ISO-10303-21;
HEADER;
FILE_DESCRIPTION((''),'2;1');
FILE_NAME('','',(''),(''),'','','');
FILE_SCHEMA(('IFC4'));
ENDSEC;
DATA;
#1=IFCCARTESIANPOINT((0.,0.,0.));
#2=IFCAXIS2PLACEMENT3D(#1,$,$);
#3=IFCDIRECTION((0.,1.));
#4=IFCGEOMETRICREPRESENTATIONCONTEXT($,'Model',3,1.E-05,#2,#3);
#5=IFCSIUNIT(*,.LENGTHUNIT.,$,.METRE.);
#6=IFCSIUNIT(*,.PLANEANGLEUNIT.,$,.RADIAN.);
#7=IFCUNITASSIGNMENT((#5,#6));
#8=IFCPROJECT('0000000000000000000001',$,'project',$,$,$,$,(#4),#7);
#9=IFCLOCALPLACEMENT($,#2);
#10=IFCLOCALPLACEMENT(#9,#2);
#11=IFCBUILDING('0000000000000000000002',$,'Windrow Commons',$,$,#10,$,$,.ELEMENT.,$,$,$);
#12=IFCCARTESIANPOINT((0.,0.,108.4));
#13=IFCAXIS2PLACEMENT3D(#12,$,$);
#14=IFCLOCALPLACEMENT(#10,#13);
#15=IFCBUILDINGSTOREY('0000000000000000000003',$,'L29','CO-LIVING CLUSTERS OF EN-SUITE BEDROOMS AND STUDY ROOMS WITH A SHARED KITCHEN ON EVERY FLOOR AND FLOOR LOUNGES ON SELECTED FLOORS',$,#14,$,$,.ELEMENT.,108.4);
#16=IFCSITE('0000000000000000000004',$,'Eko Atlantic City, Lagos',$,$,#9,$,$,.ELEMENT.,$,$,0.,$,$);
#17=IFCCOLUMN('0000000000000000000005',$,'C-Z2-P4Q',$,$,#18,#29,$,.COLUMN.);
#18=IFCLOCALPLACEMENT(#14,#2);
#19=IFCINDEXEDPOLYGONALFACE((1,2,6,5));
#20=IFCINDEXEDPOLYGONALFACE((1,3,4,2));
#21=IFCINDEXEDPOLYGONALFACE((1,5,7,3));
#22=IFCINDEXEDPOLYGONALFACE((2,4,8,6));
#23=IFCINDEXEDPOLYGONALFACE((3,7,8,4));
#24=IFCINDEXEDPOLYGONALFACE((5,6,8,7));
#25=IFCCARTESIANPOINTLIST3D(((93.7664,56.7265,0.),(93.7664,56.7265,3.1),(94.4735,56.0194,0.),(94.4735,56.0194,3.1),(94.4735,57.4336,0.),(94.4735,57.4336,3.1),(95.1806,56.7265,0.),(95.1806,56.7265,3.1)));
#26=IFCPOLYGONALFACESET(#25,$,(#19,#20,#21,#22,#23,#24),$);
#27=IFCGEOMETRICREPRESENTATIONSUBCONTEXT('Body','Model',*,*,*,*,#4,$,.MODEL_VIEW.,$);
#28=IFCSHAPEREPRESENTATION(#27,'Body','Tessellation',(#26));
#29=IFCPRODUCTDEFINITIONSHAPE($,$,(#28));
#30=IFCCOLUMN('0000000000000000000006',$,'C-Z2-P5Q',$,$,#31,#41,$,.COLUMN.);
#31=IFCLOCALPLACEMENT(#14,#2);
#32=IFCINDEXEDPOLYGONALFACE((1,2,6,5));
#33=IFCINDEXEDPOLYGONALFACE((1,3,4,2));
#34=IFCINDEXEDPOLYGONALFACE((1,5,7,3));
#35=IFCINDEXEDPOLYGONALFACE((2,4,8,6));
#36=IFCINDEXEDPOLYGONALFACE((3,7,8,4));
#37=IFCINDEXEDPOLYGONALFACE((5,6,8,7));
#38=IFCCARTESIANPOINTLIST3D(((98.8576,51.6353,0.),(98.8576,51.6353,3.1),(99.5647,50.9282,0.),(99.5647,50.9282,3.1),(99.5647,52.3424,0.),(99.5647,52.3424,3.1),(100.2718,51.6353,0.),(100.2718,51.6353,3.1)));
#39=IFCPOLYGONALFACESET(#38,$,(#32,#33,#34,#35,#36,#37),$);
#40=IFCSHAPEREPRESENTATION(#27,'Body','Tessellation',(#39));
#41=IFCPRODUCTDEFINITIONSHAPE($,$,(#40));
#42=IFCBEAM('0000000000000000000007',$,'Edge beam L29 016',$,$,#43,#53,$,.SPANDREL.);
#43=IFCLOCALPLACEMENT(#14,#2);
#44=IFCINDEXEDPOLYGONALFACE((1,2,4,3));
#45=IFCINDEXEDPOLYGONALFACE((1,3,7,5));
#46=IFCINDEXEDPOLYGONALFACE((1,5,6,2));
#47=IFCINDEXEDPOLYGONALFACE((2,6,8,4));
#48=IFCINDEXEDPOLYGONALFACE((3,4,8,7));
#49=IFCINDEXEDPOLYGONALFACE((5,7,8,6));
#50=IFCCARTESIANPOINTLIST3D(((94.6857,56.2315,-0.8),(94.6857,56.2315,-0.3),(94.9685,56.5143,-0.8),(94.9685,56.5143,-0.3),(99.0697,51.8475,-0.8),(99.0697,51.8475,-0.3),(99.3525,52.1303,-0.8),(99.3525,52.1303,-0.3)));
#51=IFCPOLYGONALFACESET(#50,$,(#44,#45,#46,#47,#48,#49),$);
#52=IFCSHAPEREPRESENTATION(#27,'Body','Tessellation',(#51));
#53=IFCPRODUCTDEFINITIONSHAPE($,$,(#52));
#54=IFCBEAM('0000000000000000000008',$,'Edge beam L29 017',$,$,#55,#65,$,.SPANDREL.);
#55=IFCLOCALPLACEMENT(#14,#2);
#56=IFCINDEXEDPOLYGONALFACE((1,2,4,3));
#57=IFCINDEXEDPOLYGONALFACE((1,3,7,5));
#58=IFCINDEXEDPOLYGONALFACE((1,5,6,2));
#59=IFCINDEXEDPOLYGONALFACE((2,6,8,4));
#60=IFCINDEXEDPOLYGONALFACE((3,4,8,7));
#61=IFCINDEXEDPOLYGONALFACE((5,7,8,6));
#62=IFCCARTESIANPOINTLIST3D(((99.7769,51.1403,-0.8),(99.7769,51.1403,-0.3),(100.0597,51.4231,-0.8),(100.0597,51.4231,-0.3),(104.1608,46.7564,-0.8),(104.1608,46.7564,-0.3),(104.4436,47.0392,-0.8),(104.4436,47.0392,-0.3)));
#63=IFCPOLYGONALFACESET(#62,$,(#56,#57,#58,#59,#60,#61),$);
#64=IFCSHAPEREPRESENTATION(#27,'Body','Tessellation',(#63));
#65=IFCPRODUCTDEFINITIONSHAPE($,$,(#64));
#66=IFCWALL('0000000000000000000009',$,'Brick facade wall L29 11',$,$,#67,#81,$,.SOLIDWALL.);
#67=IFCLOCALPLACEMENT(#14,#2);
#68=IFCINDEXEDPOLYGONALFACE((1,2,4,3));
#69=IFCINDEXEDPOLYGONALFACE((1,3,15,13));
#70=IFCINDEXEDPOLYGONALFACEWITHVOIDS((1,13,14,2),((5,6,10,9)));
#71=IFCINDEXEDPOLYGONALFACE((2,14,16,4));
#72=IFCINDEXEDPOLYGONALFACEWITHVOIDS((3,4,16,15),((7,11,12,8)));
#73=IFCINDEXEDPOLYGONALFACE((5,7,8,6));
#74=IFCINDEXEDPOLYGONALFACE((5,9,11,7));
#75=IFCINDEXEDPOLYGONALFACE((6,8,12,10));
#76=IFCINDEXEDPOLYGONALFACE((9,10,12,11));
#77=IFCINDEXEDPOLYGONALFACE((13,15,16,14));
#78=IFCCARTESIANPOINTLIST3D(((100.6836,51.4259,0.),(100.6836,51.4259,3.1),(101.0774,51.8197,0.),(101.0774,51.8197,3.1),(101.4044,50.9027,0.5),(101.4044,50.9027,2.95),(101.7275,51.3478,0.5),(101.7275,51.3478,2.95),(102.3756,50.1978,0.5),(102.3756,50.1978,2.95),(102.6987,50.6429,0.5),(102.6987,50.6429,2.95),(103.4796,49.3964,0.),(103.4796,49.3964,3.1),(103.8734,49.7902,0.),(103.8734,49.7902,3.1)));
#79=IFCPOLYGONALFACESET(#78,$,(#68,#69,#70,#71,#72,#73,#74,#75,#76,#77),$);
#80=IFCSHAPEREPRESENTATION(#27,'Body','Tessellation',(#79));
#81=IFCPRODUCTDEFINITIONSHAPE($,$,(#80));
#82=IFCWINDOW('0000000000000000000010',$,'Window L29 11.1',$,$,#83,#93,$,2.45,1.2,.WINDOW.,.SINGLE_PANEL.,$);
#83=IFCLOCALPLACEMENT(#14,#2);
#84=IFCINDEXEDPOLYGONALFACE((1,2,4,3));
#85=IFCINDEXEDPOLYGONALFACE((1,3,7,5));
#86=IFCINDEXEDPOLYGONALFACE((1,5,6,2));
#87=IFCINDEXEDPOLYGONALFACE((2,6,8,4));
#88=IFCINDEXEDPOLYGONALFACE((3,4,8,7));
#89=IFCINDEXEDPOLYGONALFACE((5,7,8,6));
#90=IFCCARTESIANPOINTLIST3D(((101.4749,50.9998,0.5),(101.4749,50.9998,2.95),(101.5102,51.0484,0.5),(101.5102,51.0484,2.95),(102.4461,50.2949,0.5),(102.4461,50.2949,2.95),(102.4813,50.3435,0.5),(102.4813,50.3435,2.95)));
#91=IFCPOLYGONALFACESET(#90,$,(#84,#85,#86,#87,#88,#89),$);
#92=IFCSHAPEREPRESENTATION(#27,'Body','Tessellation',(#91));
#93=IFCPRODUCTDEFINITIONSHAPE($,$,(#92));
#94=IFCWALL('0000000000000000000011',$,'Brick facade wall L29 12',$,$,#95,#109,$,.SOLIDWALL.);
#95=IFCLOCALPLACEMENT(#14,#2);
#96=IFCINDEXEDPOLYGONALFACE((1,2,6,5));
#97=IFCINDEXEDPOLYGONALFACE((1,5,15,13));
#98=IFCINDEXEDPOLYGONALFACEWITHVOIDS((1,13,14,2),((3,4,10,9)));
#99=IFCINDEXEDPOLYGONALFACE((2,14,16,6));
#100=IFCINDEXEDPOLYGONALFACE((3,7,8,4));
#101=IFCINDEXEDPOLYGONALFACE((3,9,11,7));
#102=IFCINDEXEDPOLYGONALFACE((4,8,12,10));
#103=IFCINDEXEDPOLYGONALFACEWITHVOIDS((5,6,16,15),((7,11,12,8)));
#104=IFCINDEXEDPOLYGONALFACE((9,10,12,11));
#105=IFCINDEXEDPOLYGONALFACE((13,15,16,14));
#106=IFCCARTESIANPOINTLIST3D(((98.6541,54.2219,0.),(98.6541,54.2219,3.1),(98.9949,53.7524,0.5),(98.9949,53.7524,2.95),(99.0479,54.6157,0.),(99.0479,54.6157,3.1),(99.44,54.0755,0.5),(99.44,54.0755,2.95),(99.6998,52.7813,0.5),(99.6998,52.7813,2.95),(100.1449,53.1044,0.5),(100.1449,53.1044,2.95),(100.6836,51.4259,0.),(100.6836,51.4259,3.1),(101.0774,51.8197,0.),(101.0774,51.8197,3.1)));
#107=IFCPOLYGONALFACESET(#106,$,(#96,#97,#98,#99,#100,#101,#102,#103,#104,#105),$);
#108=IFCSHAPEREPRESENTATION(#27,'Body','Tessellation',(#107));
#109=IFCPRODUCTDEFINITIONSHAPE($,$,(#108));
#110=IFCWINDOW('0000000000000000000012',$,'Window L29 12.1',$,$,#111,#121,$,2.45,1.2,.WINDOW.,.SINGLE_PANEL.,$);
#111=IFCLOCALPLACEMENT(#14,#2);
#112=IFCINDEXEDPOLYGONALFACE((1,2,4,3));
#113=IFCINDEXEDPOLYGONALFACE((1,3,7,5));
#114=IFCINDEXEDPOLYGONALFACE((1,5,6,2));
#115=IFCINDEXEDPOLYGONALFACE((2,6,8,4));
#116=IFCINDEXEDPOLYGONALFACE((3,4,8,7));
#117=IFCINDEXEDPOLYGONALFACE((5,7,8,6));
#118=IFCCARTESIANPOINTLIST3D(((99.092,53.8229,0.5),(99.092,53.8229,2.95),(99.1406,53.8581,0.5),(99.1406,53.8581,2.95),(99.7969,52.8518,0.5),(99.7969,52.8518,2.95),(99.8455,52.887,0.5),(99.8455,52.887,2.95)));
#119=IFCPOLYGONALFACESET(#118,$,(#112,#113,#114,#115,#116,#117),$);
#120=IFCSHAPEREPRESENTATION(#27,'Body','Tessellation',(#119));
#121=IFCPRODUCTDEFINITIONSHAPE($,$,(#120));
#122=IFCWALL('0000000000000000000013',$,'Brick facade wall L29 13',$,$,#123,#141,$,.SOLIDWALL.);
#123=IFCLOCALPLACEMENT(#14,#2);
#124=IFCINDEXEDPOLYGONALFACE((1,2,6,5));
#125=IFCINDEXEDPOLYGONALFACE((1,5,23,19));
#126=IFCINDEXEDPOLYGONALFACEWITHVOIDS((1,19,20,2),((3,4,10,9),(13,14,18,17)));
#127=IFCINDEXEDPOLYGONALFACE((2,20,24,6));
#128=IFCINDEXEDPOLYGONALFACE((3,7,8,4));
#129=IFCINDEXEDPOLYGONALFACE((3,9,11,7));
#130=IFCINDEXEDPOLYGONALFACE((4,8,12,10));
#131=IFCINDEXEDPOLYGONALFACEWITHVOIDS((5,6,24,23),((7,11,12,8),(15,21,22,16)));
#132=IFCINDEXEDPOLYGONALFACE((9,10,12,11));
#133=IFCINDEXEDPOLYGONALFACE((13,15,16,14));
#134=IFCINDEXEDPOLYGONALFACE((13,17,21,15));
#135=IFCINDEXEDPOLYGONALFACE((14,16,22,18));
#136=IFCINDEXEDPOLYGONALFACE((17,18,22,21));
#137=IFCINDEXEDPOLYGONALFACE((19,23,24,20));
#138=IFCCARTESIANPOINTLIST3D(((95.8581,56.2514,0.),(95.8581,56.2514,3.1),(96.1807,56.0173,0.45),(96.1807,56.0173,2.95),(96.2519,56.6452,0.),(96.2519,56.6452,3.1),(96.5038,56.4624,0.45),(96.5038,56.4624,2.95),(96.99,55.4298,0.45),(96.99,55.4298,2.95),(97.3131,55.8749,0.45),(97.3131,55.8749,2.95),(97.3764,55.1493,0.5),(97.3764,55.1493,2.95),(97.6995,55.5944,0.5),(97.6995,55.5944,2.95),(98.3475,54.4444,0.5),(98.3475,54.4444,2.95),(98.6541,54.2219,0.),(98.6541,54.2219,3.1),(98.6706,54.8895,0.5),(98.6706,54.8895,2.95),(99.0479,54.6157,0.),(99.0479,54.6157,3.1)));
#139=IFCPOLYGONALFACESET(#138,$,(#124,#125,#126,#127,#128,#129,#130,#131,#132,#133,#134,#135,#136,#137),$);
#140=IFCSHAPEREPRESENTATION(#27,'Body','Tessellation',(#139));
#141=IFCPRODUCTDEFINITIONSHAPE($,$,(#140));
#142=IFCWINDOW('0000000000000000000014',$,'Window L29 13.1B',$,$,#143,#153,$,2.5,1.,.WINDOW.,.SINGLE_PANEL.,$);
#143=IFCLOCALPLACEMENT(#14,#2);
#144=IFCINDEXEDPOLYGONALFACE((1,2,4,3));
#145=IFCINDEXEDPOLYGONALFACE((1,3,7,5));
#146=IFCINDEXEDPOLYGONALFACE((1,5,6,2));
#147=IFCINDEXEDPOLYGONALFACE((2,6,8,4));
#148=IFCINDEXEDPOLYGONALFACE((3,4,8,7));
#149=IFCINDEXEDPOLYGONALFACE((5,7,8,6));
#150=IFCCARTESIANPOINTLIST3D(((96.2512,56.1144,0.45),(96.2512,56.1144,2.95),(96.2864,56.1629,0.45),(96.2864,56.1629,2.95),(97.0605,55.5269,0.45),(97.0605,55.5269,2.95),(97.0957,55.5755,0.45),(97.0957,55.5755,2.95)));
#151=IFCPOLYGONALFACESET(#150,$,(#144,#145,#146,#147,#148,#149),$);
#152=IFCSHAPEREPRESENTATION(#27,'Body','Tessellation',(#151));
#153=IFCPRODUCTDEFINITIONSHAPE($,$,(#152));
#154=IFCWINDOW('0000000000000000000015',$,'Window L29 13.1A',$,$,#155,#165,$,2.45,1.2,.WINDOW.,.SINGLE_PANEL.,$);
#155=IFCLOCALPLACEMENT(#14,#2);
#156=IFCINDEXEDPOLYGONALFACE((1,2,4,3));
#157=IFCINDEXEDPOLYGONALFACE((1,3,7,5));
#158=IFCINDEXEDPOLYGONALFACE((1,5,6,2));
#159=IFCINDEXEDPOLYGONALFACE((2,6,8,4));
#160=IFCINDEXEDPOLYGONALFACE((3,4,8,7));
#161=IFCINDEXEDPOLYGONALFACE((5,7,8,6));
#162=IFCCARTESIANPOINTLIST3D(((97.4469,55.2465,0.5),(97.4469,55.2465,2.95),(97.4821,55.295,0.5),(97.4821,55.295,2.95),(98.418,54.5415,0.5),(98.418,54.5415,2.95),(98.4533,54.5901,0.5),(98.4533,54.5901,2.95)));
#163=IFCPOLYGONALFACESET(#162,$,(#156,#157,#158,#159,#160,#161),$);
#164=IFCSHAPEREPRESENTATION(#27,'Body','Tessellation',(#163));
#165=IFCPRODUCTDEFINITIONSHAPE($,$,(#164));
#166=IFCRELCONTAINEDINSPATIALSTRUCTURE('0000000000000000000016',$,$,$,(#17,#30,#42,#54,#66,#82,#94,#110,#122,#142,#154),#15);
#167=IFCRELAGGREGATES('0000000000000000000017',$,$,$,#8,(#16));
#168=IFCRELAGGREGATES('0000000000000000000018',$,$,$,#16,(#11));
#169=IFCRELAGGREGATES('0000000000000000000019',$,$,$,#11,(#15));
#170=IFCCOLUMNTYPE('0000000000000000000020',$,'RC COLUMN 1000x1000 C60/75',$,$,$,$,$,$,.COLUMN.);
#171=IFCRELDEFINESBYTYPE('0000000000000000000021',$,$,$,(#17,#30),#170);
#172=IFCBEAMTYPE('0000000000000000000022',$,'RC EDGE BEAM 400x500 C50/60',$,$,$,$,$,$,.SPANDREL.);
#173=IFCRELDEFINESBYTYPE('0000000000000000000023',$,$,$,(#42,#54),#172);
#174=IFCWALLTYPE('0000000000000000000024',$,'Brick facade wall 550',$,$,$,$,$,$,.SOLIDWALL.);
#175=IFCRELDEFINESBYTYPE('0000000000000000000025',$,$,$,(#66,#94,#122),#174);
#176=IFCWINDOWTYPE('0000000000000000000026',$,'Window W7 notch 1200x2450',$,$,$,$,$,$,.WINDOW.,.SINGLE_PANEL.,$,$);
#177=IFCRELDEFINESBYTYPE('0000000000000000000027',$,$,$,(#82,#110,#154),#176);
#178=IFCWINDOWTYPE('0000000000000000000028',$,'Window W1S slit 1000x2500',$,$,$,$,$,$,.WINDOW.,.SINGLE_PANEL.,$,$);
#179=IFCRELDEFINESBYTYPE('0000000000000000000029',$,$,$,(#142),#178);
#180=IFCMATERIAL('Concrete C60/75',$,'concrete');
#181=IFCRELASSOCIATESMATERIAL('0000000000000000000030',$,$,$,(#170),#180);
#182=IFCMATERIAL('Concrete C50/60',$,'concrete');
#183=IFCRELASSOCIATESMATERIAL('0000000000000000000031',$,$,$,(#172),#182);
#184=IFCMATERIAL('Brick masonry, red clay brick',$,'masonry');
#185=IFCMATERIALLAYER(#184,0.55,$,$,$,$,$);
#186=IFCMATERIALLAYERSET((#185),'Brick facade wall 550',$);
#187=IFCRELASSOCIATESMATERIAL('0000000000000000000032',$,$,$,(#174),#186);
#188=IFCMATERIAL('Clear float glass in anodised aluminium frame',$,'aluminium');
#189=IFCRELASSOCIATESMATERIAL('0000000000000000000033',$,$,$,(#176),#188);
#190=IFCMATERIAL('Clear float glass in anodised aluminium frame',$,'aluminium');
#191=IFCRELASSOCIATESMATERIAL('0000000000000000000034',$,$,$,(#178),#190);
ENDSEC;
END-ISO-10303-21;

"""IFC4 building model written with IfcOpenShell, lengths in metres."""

from ifc_helpers import new_model, si_unit, direction, frame, frame_2d, origin, origin_2d, place, context, subcontext, project, spatial, polyline, rectangle, outline, extrude, material, layer, layer_set, material_profile, profile_set, type_object, element, fill, save


model = new_model("IFC4")

# Units and contexts
model_context = context("Model", 3, precision=1e-05, world=origin(), true_north=direction((0.0, 1.0)))
body_context = subcontext(model_context, "Body", "Model", "MODEL_VIEW")
ifc_project = project(units=[si_unit("LENGTHUNIT", "METRE"), si_unit("PLANEANGLEUNIT", "RADIAN")], contexts=[model_context])

# Site, building, storey
site_placement = place(None, origin())
site = spatial("IfcSite", under=ifc_project, at=site_placement, Name="Eko Atlantic City, Lagos", CompositionType="ELEMENT", RefElevation=0.0)
building_placement = place(site_placement, origin())
building = spatial("IfcBuilding", under=site, at=building_placement, Name="Windrow Commons", CompositionType="ELEMENT")
storey_placement = place(building_placement, frame((0.0, 0.0, 108.4)))
storey = spatial("IfcBuildingStorey", under=building, at=storey_placement, Name="L29", Description="CO-LIVING CLUSTERS OF EN-SUITE BEDROOMS AND STUDY ROOMS WITH A SHARED KITCHEN ON EVERY FLOOR AND FLOOR LOUNGES ON SELECTED FLOORS", CompositionType="ELEMENT", Elevation=108.4)

# Columns
ifc_material_1 = material(Name="Concrete C60/75", Category="concrete")
ifc_material_profile_1 = material_profile(ifc_material_1, rectangle(XDim=1.0, YDim=1.0, at=origin_2d()))
ifc_profile_set_1 = profile_set([ifc_material_profile_1], Name="Concrete C60/75")
column_type = type_object("IfcColumnType", Name="RC COLUMN 1000x1000 C60/75", PredefinedType="COLUMN", material=ifc_profile_set_1)
for number, where, z_axis, x_axis, name in (
    (1, (94.4735, 56.7265, 0.0), (0.0, 0.0, 1.0), (0.707107, -0.707107, 0.0), "C-Z2-P4Q"),
    (2, (99.5647, 51.6353, 0.0), (0.0, 0.0, 1.0), (0.707107, -0.707107, 0.0), "C-Z2-P5Q"),
):
    element("IfcColumn", number, at=place(storey_placement, frame(where, z_axis=z_axis, x_axis=x_axis)), inside=storey, type_object=column_type, Name=name, PredefinedType="COLUMN", context=body_context, shape_type="SweptSolid", body=[
        extrude(rectangle(XDim=1.0, YDim=1.0, at=origin_2d()), origin(), (0.0, 0.0, 1.0), 3.1),
    ])

# Beams
ifc_material_2 = material(Name="Concrete C50/60", Category="concrete")
ifc_material_profile_2 = material_profile(ifc_material_2, rectangle(XDim=0.4, YDim=0.5, at=origin_2d()))
ifc_profile_set_2 = profile_set([ifc_material_profile_2], Name="Concrete C50/60")
beam_type = type_object("IfcBeamType", Name="RC EDGE BEAM 400x500 C50/60", PredefinedType="SPANDREL", material=ifc_profile_set_2)
beam_1_placement = place(storey_placement, frame((94.8271, 56.3729, -0.55), z_axis=(0.707107, -0.707107, 0.0), x_axis=(0.707107, 0.707107, 0.0)))
element("IfcBeam", 3, at=beam_1_placement, inside=storey, type_object=beam_type, Name="Edge beam L29 016", PredefinedType="SPANDREL", context=body_context, shape_type="SweptSolid", body=[
    extrude(rectangle(XDim=0.4, YDim=0.5, at=origin_2d()), origin(), (0.0, 0.0, 1.0), 6.1999),
])
beam_2_placement = place(storey_placement, frame((99.9183, 51.2817, -0.55), z_axis=(0.707107, -0.707107, 0.0), x_axis=(0.707107, 0.707107, 0.0)))
element("IfcBeam", 4, at=beam_2_placement, inside=storey, type_object=beam_type, Name="Edge beam L29 017", PredefinedType="SPANDREL", context=body_context, shape_type="SweptSolid", body=[
    extrude(rectangle(XDim=0.4, YDim=0.5, at=origin_2d()), origin(), (0.0, 0.0, 1.0), 6.1998),
])

# Walls, openings, windows
ifc_material_3 = material(Name="Brick masonry, red clay brick", Category="masonry")
ifc_layer_1 = layer(ifc_material_3, 0.55)
ifc_layer_set_1 = layer_set([ifc_layer_1], Name="Brick facade wall 550")
wall_type_1 = type_object("IfcWallType", Name="Brick facade wall 550", PredefinedType="SOLIDWALL", material=ifc_layer_set_1)
wall_1_placement = place(storey_placement, frame((103.6765, 49.5933, 0.0), z_axis=(0.0, 0.0, 1.0), x_axis=(-0.80928, 0.587423, 0.0)))
wall_1 = element("IfcWall", 5, at=wall_1_placement, inside=storey, type_object=wall_type_1, Name="Brick facade wall L29 11", PredefinedType="SOLIDWALL", context=body_context, shape_type="SweptSolid", body=[
    extrude(outline(polyline([(-0.0437, -0.275), (3.4112, -0.275), (3.4986, 0.275), (0.0437, 0.275), (-0.0437, -0.275)])), origin(), (0.0, 0.0, 1.0), 3.1),
])
opening_1_placement = place(wall_1_placement, frame((1.4079, 0.0, 0.5)))
opening_1 = element("IfcOpeningElement", 6, at=opening_1_placement, cuts=wall_1, PredefinedType="OPENING", context=body_context, shape_type="SweptSolid", body=[
    extrude(rectangle(XDim=1.2, YDim=2.45, at=frame_2d((0.6, 1.225))), frame((0.0, 0.285, 0.0), z_axis=(0.0, -1.0, 0.0), x_axis=(1.0, 0.0, 0.0)), (0.0, 0.0, 1.0), 0.57),
])
ifc_material_4 = material(Name="Clear float glass in anodised aluminium frame", Category="aluminium")
window_type_1 = type_object("IfcWindowType", Name="Window W7 notch 1200x2450", PartitioningType="SINGLE_PANEL", PredefinedType="WINDOW", material=ifc_material_4)
window_1_placement = place(opening_1_placement, origin())
window_1 = element("IfcWindow", 7, at=window_1_placement, inside=storey, type_object=window_type_1, Name="Window L29 11.1", OverallHeight=2.45, OverallWidth=1.2, PartitioningType="SINGLE_PANEL", PredefinedType="WINDOW", context=body_context, shape_type="SweptSolid", body=[
    extrude(rectangle(XDim=1.2, YDim=2.45, at=frame_2d((0.6, 1.225))), frame((0.0, 0.155, 0.0), z_axis=(0.0, -1.0, 0.0), x_axis=(1.0, 0.0, 0.0)), (0.0, 0.0, 1.0), 0.06),
])
fill(opening_1, window_1)
wall_2_placement = place(storey_placement, frame((100.8805, 51.6228, 0.0), z_axis=(0.0, 0.0, 1.0), x_axis=(-0.587423, 0.80928, 0.0)))
wall_2 = element("IfcWall", 8, at=wall_2_placement, inside=storey, type_object=wall_type_1, Name="Brick facade wall L29 12", PredefinedType="SOLIDWALL", context=body_context, shape_type="SweptSolid", body=[
    extrude(outline(polyline([(0.0437, -0.275), (3.4986, -0.275), (3.4112, 0.275), (-0.0437, 0.275), (0.0437, -0.275)])), origin(), (0.0, 0.0, 1.0), 3.1),
])
opening_2_placement = place(wall_2_placement, frame((1.6311, 0.0, 0.5)))
opening_2 = element("IfcOpeningElement", 9, at=opening_2_placement, cuts=wall_2, PredefinedType="OPENING", context=body_context, shape_type="SweptSolid", body=[
    extrude(rectangle(XDim=1.2, YDim=2.45, at=frame_2d((0.6, 1.225))), frame((0.0, 0.285, 0.0), z_axis=(0.0, -1.0, 0.0), x_axis=(1.0, 0.0, 0.0)), (0.0, 0.0, 1.0), 0.57),
])
window_2_placement = place(opening_2_placement, origin())
window_2 = element("IfcWindow", 10, at=window_2_placement, inside=storey, type_object=window_type_1, Name="Window L29 12.1", OverallHeight=2.45, OverallWidth=1.2, PartitioningType="SINGLE_PANEL", PredefinedType="WINDOW", context=body_context, shape_type="SweptSolid", body=[
    extrude(rectangle(XDim=1.2, YDim=2.45, at=frame_2d((0.6, 1.225))), frame((0.0, 0.155, 0.0), z_axis=(0.0, -1.0, 0.0), x_axis=(1.0, 0.0, 0.0)), (0.0, 0.0, 1.0), 0.06),
])
fill(opening_2, window_2)

# Wall, openings, windows
wall_3_placement = place(storey_placement, frame((98.851, 54.4188, 0.0), z_axis=(0.0, 0.0, 1.0), x_axis=(-0.80928, 0.587423, 0.0)))
wall_3 = element("IfcWall", 11, at=wall_3_placement, inside=storey, type_object=wall_type_1, Name="Brick facade wall L29 13", PredefinedType="SOLIDWALL", context=body_context, shape_type="SweptSolid", body=[
    extrude(outline(polyline([(-0.0437, -0.275), (3.4112, -0.275), (3.4986, 0.275), (0.0437, 0.275), (-0.0437, -0.275)])), origin(), (0.0, 0.0, 1.0), 3.1),
])
opening_3_placement = place(wall_3_placement, frame((0.4225, 0.0, 0.5)))
opening_3 = element("IfcOpeningElement", 12, at=opening_3_placement, cuts=wall_3, PredefinedType="OPENING", context=body_context, shape_type="SweptSolid", body=[
    extrude(rectangle(XDim=1.2, YDim=2.45, at=frame_2d((0.6, 1.225))), frame((0.0, 0.285, 0.0), z_axis=(0.0, -1.0, 0.0), x_axis=(1.0, 0.0, 0.0)), (0.0, 0.0, 1.0), 0.57),
])
opening_4_placement = place(wall_3_placement, frame((2.1, 0.0, 0.45)))
opening_4 = element("IfcOpeningElement", 13, at=opening_4_placement, cuts=wall_3, PredefinedType="OPENING", context=body_context, shape_type="SweptSolid", body=[
    extrude(rectangle(XDim=1.0, YDim=2.5, at=frame_2d((0.5, 1.25))), frame((0.0, 0.285, 0.0), z_axis=(0.0, -1.0, 0.0), x_axis=(1.0, 0.0, 0.0)), (0.0, 0.0, 1.0), 0.57),
])
ifc_material_5 = material(Name="Clear float glass in anodised aluminium frame", Category="aluminium")
window_type_2 = type_object("IfcWindowType", Name="Window W1S slit 1000x2500", PartitioningType="SINGLE_PANEL", PredefinedType="WINDOW", material=ifc_material_5)
window_3_placement = place(opening_4_placement, origin())
window_3 = element("IfcWindow", 14, at=window_3_placement, inside=storey, type_object=window_type_2, Name="Window L29 13.1B", OverallHeight=2.5, OverallWidth=1.0, PartitioningType="SINGLE_PANEL", PredefinedType="WINDOW", context=body_context, shape_type="SweptSolid", body=[
    extrude(rectangle(XDim=1.0, YDim=2.5, at=frame_2d((0.5, 1.25))), frame((0.0, 0.155, 0.0), z_axis=(0.0, -1.0, 0.0), x_axis=(1.0, 0.0, 0.0)), (0.0, 0.0, 1.0), 0.06),
])
fill(opening_4, window_3)
window_4_placement = place(opening_3_placement, origin())
window_4 = element("IfcWindow", 15, at=window_4_placement, inside=storey, type_object=window_type_1, Name="Window L29 13.1A", OverallHeight=2.45, OverallWidth=1.2, PartitioningType="SINGLE_PANEL", PredefinedType="WINDOW", context=body_context, shape_type="SweptSolid", body=[
    extrude(rectangle(XDim=1.2, YDim=2.45, at=frame_2d((0.6, 1.225))), frame((0.0, 0.155, 0.0), z_axis=(0.0, -1.0, 0.0), x_axis=(1.0, 0.0, 0.0)), (0.0, 0.0, 1.0), 0.06),
])
fill(opening_3, window_4)

save(model, "model.ifc")
